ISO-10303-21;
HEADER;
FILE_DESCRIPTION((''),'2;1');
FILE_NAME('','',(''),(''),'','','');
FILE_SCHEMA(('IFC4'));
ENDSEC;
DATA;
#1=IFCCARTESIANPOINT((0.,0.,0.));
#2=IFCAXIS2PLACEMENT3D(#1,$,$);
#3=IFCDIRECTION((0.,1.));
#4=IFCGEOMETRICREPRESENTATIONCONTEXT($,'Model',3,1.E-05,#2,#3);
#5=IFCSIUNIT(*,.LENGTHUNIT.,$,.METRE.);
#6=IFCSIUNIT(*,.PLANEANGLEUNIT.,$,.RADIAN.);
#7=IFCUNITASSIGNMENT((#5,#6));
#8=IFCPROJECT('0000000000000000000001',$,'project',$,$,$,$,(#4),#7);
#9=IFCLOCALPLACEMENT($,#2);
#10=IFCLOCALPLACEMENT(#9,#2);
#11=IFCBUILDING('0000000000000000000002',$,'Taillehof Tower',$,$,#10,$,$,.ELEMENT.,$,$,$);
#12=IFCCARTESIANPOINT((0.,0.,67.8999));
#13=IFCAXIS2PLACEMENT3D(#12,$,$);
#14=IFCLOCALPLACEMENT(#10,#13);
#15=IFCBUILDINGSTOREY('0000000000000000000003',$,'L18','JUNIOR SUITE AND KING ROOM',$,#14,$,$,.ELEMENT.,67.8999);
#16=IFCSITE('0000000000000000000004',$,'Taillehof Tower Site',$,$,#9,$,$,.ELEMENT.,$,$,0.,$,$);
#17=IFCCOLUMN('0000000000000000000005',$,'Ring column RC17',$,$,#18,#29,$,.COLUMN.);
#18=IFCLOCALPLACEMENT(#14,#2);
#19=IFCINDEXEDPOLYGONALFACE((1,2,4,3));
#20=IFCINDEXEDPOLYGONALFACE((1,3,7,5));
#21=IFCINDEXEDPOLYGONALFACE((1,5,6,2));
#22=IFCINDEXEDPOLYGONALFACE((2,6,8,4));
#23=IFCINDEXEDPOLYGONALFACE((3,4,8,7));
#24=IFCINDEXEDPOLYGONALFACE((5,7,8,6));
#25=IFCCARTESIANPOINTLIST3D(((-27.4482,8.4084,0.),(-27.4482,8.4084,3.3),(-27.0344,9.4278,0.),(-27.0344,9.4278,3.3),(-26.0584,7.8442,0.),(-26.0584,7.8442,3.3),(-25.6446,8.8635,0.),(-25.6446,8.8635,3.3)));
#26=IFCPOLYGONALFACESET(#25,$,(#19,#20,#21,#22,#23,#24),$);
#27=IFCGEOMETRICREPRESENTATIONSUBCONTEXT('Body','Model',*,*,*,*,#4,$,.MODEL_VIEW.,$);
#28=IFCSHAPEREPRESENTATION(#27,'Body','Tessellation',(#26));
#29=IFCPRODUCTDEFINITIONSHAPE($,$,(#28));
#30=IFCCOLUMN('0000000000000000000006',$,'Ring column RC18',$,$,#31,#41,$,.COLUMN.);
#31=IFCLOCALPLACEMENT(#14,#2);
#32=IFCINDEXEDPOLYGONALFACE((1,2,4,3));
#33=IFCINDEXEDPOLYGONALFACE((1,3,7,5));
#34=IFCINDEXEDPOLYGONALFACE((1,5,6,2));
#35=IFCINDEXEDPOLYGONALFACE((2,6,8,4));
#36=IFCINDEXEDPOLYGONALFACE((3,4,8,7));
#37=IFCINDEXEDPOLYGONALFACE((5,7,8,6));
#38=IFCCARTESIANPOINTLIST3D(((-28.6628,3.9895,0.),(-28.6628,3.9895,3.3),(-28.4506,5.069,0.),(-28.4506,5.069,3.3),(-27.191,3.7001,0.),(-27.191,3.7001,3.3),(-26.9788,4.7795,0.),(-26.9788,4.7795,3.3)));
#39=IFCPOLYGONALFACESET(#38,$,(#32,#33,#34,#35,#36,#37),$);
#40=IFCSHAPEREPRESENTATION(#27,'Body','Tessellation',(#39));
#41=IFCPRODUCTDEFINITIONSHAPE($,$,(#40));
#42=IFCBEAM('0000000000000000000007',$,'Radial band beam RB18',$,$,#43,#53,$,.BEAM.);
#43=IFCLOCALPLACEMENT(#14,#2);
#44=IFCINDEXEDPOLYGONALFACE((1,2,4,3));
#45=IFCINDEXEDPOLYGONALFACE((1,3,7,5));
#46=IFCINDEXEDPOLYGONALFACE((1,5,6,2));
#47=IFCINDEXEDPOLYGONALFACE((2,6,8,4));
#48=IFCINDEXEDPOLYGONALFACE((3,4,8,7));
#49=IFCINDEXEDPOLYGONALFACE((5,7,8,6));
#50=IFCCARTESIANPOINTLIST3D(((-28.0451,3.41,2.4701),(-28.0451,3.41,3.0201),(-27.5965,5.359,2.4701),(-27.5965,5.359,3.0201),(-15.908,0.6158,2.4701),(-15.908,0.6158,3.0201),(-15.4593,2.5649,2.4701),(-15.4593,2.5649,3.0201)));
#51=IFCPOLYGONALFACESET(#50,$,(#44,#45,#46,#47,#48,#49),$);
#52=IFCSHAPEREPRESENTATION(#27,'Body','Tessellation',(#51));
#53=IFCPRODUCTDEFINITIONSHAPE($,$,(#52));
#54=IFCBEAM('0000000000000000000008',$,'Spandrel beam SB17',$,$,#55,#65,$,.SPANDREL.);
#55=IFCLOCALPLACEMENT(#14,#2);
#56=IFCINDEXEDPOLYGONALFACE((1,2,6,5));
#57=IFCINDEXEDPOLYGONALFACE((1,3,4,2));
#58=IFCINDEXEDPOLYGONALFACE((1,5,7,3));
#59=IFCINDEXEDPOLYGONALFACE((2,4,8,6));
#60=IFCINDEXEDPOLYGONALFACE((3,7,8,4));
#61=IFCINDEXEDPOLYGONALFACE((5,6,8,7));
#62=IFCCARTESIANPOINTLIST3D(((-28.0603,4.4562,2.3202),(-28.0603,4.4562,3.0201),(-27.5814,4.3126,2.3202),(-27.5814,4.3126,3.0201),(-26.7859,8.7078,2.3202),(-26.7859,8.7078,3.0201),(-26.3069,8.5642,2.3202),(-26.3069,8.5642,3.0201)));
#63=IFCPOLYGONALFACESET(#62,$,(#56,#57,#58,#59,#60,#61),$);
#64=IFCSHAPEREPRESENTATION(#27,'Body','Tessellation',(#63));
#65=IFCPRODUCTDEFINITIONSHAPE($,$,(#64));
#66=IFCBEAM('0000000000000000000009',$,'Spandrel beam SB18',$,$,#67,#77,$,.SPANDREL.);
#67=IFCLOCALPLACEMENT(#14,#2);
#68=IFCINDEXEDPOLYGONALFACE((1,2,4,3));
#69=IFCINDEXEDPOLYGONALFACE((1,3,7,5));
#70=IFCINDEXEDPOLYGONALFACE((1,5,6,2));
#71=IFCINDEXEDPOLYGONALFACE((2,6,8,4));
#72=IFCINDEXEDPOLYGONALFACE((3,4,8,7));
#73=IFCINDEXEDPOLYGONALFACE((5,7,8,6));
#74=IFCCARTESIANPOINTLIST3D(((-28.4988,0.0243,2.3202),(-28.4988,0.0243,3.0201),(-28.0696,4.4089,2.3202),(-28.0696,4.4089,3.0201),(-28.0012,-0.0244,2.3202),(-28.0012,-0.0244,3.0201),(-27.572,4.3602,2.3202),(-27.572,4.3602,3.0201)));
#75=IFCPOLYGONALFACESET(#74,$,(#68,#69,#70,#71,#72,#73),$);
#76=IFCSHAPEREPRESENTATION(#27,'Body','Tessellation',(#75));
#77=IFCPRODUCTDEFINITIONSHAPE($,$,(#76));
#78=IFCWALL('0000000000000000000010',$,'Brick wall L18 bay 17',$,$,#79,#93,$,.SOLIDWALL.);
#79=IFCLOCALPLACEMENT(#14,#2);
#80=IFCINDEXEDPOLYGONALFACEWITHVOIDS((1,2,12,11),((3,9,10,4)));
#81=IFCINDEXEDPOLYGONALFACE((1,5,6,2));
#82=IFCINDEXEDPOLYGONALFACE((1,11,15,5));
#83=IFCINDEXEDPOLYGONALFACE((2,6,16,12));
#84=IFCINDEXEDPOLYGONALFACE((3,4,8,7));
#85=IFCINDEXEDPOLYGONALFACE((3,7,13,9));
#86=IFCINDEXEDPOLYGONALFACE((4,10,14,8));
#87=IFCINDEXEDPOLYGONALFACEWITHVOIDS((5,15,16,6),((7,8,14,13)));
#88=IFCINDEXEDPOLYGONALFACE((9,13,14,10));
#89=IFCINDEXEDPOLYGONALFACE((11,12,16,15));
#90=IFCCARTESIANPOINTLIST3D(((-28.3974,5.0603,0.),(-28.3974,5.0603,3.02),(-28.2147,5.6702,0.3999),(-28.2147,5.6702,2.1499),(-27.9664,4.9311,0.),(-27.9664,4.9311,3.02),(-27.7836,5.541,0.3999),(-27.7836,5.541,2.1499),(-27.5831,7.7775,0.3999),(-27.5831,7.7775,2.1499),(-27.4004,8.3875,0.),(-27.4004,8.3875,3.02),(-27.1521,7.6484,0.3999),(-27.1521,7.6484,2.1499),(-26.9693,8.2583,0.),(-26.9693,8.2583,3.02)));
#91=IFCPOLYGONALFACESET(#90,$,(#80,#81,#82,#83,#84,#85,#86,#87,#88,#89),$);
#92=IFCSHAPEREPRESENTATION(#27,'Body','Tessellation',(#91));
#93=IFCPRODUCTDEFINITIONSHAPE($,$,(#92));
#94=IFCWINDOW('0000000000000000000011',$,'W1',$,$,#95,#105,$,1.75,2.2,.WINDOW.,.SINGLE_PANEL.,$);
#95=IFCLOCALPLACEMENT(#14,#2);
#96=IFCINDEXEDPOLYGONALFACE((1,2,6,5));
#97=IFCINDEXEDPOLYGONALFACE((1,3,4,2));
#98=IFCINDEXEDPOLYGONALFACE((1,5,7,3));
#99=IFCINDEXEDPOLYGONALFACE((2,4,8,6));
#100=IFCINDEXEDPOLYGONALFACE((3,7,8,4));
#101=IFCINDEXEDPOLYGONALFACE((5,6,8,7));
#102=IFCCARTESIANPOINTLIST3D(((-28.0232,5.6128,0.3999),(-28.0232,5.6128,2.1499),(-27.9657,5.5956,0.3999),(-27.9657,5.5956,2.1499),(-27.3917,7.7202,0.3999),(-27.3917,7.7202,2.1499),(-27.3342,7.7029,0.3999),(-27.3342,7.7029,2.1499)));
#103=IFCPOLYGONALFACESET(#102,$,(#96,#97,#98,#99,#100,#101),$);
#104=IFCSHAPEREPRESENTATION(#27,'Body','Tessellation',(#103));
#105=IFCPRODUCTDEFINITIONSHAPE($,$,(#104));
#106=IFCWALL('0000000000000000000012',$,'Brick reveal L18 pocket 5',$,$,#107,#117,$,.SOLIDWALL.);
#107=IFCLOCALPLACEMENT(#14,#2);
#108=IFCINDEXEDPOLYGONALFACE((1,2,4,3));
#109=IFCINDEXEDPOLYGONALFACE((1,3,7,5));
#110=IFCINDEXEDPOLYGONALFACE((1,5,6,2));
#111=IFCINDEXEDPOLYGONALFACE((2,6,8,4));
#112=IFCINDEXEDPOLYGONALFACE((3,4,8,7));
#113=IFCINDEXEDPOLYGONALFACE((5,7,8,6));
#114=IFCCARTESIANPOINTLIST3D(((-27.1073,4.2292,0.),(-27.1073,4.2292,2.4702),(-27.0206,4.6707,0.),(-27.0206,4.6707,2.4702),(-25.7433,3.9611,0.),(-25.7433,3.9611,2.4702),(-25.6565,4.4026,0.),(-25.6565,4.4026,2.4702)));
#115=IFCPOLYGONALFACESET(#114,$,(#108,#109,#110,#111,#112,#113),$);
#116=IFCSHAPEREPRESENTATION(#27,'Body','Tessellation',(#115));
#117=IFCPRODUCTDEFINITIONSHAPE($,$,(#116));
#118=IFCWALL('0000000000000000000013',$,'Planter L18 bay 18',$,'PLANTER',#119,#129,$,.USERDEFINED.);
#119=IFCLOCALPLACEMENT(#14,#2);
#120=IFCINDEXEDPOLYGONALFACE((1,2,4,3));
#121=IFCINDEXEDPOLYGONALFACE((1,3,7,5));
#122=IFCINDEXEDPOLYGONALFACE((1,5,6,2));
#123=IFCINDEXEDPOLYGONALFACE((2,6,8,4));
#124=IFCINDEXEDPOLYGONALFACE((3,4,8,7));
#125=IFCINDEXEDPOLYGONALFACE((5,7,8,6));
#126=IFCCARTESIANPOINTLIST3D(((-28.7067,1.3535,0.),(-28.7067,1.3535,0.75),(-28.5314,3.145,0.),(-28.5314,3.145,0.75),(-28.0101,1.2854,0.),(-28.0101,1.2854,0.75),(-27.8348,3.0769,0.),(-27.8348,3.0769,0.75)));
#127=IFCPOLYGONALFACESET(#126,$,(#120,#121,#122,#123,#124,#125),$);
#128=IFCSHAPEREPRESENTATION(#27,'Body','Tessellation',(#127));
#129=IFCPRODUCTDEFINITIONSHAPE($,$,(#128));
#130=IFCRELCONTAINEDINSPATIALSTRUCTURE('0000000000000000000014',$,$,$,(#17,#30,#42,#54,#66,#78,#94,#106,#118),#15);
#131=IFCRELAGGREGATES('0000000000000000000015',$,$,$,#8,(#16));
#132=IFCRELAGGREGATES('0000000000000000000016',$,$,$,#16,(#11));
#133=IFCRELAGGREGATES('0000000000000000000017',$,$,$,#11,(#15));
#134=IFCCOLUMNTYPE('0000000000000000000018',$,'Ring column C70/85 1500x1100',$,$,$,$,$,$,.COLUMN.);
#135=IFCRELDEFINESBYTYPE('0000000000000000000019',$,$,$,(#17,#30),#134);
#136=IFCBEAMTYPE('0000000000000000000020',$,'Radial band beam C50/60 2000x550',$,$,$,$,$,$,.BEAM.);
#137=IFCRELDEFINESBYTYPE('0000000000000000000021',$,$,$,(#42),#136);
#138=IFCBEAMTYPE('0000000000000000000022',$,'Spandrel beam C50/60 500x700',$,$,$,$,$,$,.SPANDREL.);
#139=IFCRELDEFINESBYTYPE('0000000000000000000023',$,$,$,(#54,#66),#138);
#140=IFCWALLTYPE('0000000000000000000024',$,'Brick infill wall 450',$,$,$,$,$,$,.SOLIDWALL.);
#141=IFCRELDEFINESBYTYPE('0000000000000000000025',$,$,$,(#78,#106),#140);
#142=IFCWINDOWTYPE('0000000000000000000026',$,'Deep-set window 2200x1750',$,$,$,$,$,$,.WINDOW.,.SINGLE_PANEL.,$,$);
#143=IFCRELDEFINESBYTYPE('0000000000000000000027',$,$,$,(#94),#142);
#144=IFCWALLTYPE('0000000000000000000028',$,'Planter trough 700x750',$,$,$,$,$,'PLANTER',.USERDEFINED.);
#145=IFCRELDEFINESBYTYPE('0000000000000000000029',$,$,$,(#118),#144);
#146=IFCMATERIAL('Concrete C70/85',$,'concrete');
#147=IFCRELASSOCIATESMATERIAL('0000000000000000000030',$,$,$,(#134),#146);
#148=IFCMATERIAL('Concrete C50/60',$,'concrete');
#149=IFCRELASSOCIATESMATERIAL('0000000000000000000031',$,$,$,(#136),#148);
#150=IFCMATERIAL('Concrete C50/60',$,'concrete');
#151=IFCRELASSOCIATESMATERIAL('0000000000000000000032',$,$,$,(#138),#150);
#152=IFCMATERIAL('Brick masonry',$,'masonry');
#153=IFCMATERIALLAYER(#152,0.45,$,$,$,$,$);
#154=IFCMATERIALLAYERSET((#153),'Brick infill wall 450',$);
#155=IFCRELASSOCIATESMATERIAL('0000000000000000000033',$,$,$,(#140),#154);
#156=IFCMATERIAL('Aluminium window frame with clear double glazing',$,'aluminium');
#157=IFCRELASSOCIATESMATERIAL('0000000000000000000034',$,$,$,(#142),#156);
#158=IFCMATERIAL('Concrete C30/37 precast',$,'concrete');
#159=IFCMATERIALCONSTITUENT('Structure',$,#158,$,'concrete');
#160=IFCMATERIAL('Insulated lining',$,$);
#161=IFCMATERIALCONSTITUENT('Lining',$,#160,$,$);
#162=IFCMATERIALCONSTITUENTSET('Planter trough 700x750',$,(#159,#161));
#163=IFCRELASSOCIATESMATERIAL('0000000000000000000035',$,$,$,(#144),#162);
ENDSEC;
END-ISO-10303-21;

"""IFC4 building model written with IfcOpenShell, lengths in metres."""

from ifc_helpers import new_model, si_unit, direction, frame, frame_2d, origin, origin_2d, place, context, subcontext, project, spatial, rectangle, extrude, material, layer, layer_set, constituent, constituent_set, material_profile, profile_set, type_object, element, fill, save


model = new_model("IFC4")

# Units and contexts
model_context = context("Model", 3, precision=1e-05, world=origin(), true_north=direction((0.0, 1.0)))
body_context = subcontext(model_context, "Body", "Model", "MODEL_VIEW")
ifc_project = project(units=[si_unit("LENGTHUNIT", "METRE"), si_unit("PLANEANGLEUNIT", "RADIAN")], contexts=[model_context])

# Site, building, storey
site_placement = place(None, origin())
site = spatial("IfcSite", under=ifc_project, at=site_placement, Name="Taillehof Tower Site", CompositionType="ELEMENT", RefElevation=0.0)
building_placement = place(site_placement, origin())
building = spatial("IfcBuilding", under=site, at=building_placement, Name="Taillehof Tower", CompositionType="ELEMENT")
storey_placement = place(building_placement, frame((0.0, 0.0, 67.8999)))
storey = spatial("IfcBuildingStorey", under=building, at=storey_placement, Name="L18", Description="JUNIOR SUITE AND KING ROOM", CompositionType="ELEMENT", Elevation=67.8999)

# Columns
ifc_material_1 = material(Name="Concrete C70/85", Category="concrete")
ifc_material_profile_1 = material_profile(ifc_material_1, rectangle(XDim=1.5, YDim=1.1001, at=origin_2d()), Name="RC 1500x1100")
ifc_profile_set_1 = profile_set([ifc_material_profile_1], Name="Concrete C70/85")
column_type = type_object("IfcColumnType", Name="Ring column C70/85 1500x1100", PredefinedType="COLUMN", material=ifc_profile_set_1)
for number, where, z_axis, x_axis, name in (
    (1, (-26.5464, 8.636, 0.0), (0.0, 0.0, 1.0), (-0.926558, 0.376152, 0.0), "Ring column RC17"),
    (2, (-27.8208, 4.3845, 0.0), (0.0, 0.0, 1.0), (-0.981204, 0.192976, 0.0), "Ring column RC18"),
):
    element("IfcColumn", number, at=place(storey_placement, frame(where, z_axis=z_axis, x_axis=x_axis)), inside=storey, type_object=column_type, Name=name, PredefinedType="COLUMN", context=body_context, shape_type="SweptSolid", body=[
        extrude(rectangle(XDim=1.5, YDim=1.1001, at=origin_2d()), origin(), (0.0, 0.0, 1.0), 3.3),
    ])

# Beams
ifc_material_2 = material(Name="Concrete C50/60", Category="concrete")
ifc_material_profile_2 = material_profile(ifc_material_2, rectangle(XDim=2.0, YDim=0.55, at=origin_2d()), Name="RC 2000x550")
ifc_profile_set_2 = profile_set([ifc_material_profile_2], Name="Concrete C50/60")
beam_type_1 = type_object("IfcBeamType", Name="Radial band beam C50/60 2000x550", PredefinedType="BEAM", material=ifc_profile_set_2)
beam_1_placement = place(storey_placement, frame((-27.8208, 4.3845, 2.7451), z_axis=(0.974509, -0.224348, 0.0), x_axis=(0.224348, 0.974509, 0.0)))
element("IfcBeam", 3, at=beam_1_placement, inside=storey, type_object=beam_type_1, Name="Radial band beam RB18", PredefinedType="BEAM", context=body_context, shape_type="SweptSolid", body=[
    extrude(rectangle(XDim=2.0, YDim=0.55, at=origin_2d()), origin(), (0.0, 0.0, 1.0), 12.4546),
])
ifc_material_3 = material(Name="Concrete C50/60", Category="concrete")
ifc_material_profile_3 = material_profile(ifc_material_3, rectangle(XDim=0.5, YDim=0.7, at=origin_2d()), Name="RC 500x700")
ifc_profile_set_3 = profile_set([ifc_material_profile_3], Name="Concrete C50/60")
beam_type_2 = type_object("IfcBeamType", Name="Spandrel beam C50/60 500x700", PredefinedType="SPANDREL", material=ifc_profile_set_3)
beam_2_placement = place(storey_placement, frame((-26.5464, 8.636, 2.6702), z_axis=(-0.287136, -0.95789, 0.0), x_axis=(0.95789, -0.287136, 0.0)))
element("IfcBeam", 4, at=beam_2_placement, inside=storey, type_object=beam_type_2, Name="Spandrel beam SB17", PredefinedType="SPANDREL", context=body_context, shape_type="SweptSolid", body=[
    extrude(rectangle(XDim=0.5, YDim=0.7, at=origin_2d()), origin(), (0.0, 0.0, 1.0), 4.4385),
])
beam_3_placement = place(storey_placement, frame((-27.8208, 4.3845, 2.6702), z_axis=(-0.097424, -0.995243, 0.0), x_axis=(0.995243, -0.097424, 0.0)))
element("IfcBeam", 5, at=beam_3_placement, inside=storey, type_object=beam_type_2, Name="Spandrel beam SB18", PredefinedType="SPANDREL", context=body_context, shape_type="SweptSolid", body=[
    extrude(rectangle(XDim=0.5, YDim=0.7, at=origin_2d()), origin(), (0.0, 0.0, 1.0), 4.4055),
])

# Wall, opening, window
ifc_material_4 = material(Name="Brick masonry", Category="masonry")
ifc_layer = layer(ifc_material_4, 0.45)
ifc_layer_set = layer_set([ifc_layer], Name="Brick infill wall 450")
wall_type_1 = type_object("IfcWallType", Name="Brick infill wall 450", PredefinedType="SOLIDWALL", material=ifc_layer_set)
wall_1_placement = place(storey_placement, frame((-27.1848, 8.323, 0.0), z_axis=(0.0, 0.0, 1.0), x_axis=(-0.287064, -0.957911, 0.0)))
wall_1 = element("IfcWall", 6, at=wall_1_placement, inside=storey, type_object=wall_type_1, Name="Brick wall L18 bay 17", PredefinedType="SOLIDWALL", context=body_context, shape_type="SweptSolid", body=[
    extrude(rectangle(XDim=3.4734, YDim=0.45, at=frame_2d((1.7368, 0.0))), origin(), (0.0, 0.0, 1.0), 3.02),
])
opening_1_placement = place(wall_1_placement, frame((0.6367, 0.0, 0.3999)))
opening_1 = element("IfcOpeningElement", 7, at=opening_1_placement, cuts=wall_1, PredefinedType="OPENING", context=body_context, shape_type="SweptSolid", body=[
    extrude(rectangle(XDim=2.2, YDim=1.75, at=frame_2d((1.1001, 0.875))), frame((0.0, 0.2349, 0.0), z_axis=(0.0, -1.0, 0.0), x_axis=(1.0, 0.0, 0.0)), (0.0, 0.0, 1.0), 0.47),
])
ifc_material_5 = material(Name="Aluminium window frame with clear double glazing", Category="aluminium")
window_type_1 = type_object("IfcWindowType", Name="Deep-set window 2200x1750", PartitioningType="SINGLE_PANEL", PredefinedType="WINDOW", material=ifc_material_5)
window_1_placement = place(opening_1_placement, origin())
window_1 = element("IfcWindow", 8, at=window_1_placement, inside=storey, type_object=window_type_1, Name="W1", OverallHeight=1.75, OverallWidth=2.2, PartitioningType="SINGLE_PANEL", PredefinedType="WINDOW", context=body_context, shape_type="SweptSolid", body=[
    extrude(rectangle(XDim=2.2, YDim=1.75, at=frame_2d((1.1001, 0.875))), frame((0.0, 0.0349, 0.0), z_axis=(0.0, -1.0, 0.0), x_axis=(1.0, 0.0, 0.0)), (0.0, 0.0, 1.0), 0.0601),
])
fill(opening_1, window_1)

# Wall
wall_2_placement = place(storey_placement, frame((-27.064, 4.45, 0.0), z_axis=(0.0, 0.0, 1.0), x_axis=(0.98123, -0.192839, 0.0)))
element("IfcWall", 9, at=wall_2_placement, inside=storey, type_object=wall_type_1, Name="Brick reveal L18 pocket 5", PredefinedType="SOLIDWALL", context=body_context, shape_type="SweptSolid", body=[
    extrude(rectangle(XDim=1.3901, YDim=0.45, at=frame_2d((0.6951, 0.0))), origin(), (0.0, 0.0, 1.0), 2.4702),
])

# Wall
ifc_material_6 = material(Name="Concrete C30/37 precast", Category="concrete")
ifc_constituent_1 = constituent(ifc_material_6, Name="Structure", Category="concrete")
ifc_material_7 = material(Name="Insulated lining")
ifc_constituent_2 = constituent(ifc_material_7, Name="Lining")
ifc_constituent_set = constituent_set(constituents=[ifc_constituent_1, ifc_constituent_2], Name="Planter trough 700x750")
wall_type_2 = type_object("IfcWallType", Name="Planter trough 700x750", ElementType="PLANTER", PredefinedType="USERDEFINED", material=ifc_constituent_set)
wall_3_placement = place(storey_placement, frame((-28.1831, 3.1108, 0.0), z_axis=(0.0, 0.0, 1.0), x_axis=(-0.097382, -0.995247, 0.0)))
element("IfcWall", 10, at=wall_3_placement, inside=storey, type_object=wall_type_2, Name="Planter L18 bay 18", ObjectType="PLANTER", PredefinedType="USERDEFINED", context=body_context, shape_type="SweptSolid", body=[
    extrude(rectangle(XDim=1.8, YDim=0.7, at=frame_2d((0.8999, 0.0))), origin(), (0.0, 0.0, 1.0), 0.75),
])

save(model, "model.ifc")
